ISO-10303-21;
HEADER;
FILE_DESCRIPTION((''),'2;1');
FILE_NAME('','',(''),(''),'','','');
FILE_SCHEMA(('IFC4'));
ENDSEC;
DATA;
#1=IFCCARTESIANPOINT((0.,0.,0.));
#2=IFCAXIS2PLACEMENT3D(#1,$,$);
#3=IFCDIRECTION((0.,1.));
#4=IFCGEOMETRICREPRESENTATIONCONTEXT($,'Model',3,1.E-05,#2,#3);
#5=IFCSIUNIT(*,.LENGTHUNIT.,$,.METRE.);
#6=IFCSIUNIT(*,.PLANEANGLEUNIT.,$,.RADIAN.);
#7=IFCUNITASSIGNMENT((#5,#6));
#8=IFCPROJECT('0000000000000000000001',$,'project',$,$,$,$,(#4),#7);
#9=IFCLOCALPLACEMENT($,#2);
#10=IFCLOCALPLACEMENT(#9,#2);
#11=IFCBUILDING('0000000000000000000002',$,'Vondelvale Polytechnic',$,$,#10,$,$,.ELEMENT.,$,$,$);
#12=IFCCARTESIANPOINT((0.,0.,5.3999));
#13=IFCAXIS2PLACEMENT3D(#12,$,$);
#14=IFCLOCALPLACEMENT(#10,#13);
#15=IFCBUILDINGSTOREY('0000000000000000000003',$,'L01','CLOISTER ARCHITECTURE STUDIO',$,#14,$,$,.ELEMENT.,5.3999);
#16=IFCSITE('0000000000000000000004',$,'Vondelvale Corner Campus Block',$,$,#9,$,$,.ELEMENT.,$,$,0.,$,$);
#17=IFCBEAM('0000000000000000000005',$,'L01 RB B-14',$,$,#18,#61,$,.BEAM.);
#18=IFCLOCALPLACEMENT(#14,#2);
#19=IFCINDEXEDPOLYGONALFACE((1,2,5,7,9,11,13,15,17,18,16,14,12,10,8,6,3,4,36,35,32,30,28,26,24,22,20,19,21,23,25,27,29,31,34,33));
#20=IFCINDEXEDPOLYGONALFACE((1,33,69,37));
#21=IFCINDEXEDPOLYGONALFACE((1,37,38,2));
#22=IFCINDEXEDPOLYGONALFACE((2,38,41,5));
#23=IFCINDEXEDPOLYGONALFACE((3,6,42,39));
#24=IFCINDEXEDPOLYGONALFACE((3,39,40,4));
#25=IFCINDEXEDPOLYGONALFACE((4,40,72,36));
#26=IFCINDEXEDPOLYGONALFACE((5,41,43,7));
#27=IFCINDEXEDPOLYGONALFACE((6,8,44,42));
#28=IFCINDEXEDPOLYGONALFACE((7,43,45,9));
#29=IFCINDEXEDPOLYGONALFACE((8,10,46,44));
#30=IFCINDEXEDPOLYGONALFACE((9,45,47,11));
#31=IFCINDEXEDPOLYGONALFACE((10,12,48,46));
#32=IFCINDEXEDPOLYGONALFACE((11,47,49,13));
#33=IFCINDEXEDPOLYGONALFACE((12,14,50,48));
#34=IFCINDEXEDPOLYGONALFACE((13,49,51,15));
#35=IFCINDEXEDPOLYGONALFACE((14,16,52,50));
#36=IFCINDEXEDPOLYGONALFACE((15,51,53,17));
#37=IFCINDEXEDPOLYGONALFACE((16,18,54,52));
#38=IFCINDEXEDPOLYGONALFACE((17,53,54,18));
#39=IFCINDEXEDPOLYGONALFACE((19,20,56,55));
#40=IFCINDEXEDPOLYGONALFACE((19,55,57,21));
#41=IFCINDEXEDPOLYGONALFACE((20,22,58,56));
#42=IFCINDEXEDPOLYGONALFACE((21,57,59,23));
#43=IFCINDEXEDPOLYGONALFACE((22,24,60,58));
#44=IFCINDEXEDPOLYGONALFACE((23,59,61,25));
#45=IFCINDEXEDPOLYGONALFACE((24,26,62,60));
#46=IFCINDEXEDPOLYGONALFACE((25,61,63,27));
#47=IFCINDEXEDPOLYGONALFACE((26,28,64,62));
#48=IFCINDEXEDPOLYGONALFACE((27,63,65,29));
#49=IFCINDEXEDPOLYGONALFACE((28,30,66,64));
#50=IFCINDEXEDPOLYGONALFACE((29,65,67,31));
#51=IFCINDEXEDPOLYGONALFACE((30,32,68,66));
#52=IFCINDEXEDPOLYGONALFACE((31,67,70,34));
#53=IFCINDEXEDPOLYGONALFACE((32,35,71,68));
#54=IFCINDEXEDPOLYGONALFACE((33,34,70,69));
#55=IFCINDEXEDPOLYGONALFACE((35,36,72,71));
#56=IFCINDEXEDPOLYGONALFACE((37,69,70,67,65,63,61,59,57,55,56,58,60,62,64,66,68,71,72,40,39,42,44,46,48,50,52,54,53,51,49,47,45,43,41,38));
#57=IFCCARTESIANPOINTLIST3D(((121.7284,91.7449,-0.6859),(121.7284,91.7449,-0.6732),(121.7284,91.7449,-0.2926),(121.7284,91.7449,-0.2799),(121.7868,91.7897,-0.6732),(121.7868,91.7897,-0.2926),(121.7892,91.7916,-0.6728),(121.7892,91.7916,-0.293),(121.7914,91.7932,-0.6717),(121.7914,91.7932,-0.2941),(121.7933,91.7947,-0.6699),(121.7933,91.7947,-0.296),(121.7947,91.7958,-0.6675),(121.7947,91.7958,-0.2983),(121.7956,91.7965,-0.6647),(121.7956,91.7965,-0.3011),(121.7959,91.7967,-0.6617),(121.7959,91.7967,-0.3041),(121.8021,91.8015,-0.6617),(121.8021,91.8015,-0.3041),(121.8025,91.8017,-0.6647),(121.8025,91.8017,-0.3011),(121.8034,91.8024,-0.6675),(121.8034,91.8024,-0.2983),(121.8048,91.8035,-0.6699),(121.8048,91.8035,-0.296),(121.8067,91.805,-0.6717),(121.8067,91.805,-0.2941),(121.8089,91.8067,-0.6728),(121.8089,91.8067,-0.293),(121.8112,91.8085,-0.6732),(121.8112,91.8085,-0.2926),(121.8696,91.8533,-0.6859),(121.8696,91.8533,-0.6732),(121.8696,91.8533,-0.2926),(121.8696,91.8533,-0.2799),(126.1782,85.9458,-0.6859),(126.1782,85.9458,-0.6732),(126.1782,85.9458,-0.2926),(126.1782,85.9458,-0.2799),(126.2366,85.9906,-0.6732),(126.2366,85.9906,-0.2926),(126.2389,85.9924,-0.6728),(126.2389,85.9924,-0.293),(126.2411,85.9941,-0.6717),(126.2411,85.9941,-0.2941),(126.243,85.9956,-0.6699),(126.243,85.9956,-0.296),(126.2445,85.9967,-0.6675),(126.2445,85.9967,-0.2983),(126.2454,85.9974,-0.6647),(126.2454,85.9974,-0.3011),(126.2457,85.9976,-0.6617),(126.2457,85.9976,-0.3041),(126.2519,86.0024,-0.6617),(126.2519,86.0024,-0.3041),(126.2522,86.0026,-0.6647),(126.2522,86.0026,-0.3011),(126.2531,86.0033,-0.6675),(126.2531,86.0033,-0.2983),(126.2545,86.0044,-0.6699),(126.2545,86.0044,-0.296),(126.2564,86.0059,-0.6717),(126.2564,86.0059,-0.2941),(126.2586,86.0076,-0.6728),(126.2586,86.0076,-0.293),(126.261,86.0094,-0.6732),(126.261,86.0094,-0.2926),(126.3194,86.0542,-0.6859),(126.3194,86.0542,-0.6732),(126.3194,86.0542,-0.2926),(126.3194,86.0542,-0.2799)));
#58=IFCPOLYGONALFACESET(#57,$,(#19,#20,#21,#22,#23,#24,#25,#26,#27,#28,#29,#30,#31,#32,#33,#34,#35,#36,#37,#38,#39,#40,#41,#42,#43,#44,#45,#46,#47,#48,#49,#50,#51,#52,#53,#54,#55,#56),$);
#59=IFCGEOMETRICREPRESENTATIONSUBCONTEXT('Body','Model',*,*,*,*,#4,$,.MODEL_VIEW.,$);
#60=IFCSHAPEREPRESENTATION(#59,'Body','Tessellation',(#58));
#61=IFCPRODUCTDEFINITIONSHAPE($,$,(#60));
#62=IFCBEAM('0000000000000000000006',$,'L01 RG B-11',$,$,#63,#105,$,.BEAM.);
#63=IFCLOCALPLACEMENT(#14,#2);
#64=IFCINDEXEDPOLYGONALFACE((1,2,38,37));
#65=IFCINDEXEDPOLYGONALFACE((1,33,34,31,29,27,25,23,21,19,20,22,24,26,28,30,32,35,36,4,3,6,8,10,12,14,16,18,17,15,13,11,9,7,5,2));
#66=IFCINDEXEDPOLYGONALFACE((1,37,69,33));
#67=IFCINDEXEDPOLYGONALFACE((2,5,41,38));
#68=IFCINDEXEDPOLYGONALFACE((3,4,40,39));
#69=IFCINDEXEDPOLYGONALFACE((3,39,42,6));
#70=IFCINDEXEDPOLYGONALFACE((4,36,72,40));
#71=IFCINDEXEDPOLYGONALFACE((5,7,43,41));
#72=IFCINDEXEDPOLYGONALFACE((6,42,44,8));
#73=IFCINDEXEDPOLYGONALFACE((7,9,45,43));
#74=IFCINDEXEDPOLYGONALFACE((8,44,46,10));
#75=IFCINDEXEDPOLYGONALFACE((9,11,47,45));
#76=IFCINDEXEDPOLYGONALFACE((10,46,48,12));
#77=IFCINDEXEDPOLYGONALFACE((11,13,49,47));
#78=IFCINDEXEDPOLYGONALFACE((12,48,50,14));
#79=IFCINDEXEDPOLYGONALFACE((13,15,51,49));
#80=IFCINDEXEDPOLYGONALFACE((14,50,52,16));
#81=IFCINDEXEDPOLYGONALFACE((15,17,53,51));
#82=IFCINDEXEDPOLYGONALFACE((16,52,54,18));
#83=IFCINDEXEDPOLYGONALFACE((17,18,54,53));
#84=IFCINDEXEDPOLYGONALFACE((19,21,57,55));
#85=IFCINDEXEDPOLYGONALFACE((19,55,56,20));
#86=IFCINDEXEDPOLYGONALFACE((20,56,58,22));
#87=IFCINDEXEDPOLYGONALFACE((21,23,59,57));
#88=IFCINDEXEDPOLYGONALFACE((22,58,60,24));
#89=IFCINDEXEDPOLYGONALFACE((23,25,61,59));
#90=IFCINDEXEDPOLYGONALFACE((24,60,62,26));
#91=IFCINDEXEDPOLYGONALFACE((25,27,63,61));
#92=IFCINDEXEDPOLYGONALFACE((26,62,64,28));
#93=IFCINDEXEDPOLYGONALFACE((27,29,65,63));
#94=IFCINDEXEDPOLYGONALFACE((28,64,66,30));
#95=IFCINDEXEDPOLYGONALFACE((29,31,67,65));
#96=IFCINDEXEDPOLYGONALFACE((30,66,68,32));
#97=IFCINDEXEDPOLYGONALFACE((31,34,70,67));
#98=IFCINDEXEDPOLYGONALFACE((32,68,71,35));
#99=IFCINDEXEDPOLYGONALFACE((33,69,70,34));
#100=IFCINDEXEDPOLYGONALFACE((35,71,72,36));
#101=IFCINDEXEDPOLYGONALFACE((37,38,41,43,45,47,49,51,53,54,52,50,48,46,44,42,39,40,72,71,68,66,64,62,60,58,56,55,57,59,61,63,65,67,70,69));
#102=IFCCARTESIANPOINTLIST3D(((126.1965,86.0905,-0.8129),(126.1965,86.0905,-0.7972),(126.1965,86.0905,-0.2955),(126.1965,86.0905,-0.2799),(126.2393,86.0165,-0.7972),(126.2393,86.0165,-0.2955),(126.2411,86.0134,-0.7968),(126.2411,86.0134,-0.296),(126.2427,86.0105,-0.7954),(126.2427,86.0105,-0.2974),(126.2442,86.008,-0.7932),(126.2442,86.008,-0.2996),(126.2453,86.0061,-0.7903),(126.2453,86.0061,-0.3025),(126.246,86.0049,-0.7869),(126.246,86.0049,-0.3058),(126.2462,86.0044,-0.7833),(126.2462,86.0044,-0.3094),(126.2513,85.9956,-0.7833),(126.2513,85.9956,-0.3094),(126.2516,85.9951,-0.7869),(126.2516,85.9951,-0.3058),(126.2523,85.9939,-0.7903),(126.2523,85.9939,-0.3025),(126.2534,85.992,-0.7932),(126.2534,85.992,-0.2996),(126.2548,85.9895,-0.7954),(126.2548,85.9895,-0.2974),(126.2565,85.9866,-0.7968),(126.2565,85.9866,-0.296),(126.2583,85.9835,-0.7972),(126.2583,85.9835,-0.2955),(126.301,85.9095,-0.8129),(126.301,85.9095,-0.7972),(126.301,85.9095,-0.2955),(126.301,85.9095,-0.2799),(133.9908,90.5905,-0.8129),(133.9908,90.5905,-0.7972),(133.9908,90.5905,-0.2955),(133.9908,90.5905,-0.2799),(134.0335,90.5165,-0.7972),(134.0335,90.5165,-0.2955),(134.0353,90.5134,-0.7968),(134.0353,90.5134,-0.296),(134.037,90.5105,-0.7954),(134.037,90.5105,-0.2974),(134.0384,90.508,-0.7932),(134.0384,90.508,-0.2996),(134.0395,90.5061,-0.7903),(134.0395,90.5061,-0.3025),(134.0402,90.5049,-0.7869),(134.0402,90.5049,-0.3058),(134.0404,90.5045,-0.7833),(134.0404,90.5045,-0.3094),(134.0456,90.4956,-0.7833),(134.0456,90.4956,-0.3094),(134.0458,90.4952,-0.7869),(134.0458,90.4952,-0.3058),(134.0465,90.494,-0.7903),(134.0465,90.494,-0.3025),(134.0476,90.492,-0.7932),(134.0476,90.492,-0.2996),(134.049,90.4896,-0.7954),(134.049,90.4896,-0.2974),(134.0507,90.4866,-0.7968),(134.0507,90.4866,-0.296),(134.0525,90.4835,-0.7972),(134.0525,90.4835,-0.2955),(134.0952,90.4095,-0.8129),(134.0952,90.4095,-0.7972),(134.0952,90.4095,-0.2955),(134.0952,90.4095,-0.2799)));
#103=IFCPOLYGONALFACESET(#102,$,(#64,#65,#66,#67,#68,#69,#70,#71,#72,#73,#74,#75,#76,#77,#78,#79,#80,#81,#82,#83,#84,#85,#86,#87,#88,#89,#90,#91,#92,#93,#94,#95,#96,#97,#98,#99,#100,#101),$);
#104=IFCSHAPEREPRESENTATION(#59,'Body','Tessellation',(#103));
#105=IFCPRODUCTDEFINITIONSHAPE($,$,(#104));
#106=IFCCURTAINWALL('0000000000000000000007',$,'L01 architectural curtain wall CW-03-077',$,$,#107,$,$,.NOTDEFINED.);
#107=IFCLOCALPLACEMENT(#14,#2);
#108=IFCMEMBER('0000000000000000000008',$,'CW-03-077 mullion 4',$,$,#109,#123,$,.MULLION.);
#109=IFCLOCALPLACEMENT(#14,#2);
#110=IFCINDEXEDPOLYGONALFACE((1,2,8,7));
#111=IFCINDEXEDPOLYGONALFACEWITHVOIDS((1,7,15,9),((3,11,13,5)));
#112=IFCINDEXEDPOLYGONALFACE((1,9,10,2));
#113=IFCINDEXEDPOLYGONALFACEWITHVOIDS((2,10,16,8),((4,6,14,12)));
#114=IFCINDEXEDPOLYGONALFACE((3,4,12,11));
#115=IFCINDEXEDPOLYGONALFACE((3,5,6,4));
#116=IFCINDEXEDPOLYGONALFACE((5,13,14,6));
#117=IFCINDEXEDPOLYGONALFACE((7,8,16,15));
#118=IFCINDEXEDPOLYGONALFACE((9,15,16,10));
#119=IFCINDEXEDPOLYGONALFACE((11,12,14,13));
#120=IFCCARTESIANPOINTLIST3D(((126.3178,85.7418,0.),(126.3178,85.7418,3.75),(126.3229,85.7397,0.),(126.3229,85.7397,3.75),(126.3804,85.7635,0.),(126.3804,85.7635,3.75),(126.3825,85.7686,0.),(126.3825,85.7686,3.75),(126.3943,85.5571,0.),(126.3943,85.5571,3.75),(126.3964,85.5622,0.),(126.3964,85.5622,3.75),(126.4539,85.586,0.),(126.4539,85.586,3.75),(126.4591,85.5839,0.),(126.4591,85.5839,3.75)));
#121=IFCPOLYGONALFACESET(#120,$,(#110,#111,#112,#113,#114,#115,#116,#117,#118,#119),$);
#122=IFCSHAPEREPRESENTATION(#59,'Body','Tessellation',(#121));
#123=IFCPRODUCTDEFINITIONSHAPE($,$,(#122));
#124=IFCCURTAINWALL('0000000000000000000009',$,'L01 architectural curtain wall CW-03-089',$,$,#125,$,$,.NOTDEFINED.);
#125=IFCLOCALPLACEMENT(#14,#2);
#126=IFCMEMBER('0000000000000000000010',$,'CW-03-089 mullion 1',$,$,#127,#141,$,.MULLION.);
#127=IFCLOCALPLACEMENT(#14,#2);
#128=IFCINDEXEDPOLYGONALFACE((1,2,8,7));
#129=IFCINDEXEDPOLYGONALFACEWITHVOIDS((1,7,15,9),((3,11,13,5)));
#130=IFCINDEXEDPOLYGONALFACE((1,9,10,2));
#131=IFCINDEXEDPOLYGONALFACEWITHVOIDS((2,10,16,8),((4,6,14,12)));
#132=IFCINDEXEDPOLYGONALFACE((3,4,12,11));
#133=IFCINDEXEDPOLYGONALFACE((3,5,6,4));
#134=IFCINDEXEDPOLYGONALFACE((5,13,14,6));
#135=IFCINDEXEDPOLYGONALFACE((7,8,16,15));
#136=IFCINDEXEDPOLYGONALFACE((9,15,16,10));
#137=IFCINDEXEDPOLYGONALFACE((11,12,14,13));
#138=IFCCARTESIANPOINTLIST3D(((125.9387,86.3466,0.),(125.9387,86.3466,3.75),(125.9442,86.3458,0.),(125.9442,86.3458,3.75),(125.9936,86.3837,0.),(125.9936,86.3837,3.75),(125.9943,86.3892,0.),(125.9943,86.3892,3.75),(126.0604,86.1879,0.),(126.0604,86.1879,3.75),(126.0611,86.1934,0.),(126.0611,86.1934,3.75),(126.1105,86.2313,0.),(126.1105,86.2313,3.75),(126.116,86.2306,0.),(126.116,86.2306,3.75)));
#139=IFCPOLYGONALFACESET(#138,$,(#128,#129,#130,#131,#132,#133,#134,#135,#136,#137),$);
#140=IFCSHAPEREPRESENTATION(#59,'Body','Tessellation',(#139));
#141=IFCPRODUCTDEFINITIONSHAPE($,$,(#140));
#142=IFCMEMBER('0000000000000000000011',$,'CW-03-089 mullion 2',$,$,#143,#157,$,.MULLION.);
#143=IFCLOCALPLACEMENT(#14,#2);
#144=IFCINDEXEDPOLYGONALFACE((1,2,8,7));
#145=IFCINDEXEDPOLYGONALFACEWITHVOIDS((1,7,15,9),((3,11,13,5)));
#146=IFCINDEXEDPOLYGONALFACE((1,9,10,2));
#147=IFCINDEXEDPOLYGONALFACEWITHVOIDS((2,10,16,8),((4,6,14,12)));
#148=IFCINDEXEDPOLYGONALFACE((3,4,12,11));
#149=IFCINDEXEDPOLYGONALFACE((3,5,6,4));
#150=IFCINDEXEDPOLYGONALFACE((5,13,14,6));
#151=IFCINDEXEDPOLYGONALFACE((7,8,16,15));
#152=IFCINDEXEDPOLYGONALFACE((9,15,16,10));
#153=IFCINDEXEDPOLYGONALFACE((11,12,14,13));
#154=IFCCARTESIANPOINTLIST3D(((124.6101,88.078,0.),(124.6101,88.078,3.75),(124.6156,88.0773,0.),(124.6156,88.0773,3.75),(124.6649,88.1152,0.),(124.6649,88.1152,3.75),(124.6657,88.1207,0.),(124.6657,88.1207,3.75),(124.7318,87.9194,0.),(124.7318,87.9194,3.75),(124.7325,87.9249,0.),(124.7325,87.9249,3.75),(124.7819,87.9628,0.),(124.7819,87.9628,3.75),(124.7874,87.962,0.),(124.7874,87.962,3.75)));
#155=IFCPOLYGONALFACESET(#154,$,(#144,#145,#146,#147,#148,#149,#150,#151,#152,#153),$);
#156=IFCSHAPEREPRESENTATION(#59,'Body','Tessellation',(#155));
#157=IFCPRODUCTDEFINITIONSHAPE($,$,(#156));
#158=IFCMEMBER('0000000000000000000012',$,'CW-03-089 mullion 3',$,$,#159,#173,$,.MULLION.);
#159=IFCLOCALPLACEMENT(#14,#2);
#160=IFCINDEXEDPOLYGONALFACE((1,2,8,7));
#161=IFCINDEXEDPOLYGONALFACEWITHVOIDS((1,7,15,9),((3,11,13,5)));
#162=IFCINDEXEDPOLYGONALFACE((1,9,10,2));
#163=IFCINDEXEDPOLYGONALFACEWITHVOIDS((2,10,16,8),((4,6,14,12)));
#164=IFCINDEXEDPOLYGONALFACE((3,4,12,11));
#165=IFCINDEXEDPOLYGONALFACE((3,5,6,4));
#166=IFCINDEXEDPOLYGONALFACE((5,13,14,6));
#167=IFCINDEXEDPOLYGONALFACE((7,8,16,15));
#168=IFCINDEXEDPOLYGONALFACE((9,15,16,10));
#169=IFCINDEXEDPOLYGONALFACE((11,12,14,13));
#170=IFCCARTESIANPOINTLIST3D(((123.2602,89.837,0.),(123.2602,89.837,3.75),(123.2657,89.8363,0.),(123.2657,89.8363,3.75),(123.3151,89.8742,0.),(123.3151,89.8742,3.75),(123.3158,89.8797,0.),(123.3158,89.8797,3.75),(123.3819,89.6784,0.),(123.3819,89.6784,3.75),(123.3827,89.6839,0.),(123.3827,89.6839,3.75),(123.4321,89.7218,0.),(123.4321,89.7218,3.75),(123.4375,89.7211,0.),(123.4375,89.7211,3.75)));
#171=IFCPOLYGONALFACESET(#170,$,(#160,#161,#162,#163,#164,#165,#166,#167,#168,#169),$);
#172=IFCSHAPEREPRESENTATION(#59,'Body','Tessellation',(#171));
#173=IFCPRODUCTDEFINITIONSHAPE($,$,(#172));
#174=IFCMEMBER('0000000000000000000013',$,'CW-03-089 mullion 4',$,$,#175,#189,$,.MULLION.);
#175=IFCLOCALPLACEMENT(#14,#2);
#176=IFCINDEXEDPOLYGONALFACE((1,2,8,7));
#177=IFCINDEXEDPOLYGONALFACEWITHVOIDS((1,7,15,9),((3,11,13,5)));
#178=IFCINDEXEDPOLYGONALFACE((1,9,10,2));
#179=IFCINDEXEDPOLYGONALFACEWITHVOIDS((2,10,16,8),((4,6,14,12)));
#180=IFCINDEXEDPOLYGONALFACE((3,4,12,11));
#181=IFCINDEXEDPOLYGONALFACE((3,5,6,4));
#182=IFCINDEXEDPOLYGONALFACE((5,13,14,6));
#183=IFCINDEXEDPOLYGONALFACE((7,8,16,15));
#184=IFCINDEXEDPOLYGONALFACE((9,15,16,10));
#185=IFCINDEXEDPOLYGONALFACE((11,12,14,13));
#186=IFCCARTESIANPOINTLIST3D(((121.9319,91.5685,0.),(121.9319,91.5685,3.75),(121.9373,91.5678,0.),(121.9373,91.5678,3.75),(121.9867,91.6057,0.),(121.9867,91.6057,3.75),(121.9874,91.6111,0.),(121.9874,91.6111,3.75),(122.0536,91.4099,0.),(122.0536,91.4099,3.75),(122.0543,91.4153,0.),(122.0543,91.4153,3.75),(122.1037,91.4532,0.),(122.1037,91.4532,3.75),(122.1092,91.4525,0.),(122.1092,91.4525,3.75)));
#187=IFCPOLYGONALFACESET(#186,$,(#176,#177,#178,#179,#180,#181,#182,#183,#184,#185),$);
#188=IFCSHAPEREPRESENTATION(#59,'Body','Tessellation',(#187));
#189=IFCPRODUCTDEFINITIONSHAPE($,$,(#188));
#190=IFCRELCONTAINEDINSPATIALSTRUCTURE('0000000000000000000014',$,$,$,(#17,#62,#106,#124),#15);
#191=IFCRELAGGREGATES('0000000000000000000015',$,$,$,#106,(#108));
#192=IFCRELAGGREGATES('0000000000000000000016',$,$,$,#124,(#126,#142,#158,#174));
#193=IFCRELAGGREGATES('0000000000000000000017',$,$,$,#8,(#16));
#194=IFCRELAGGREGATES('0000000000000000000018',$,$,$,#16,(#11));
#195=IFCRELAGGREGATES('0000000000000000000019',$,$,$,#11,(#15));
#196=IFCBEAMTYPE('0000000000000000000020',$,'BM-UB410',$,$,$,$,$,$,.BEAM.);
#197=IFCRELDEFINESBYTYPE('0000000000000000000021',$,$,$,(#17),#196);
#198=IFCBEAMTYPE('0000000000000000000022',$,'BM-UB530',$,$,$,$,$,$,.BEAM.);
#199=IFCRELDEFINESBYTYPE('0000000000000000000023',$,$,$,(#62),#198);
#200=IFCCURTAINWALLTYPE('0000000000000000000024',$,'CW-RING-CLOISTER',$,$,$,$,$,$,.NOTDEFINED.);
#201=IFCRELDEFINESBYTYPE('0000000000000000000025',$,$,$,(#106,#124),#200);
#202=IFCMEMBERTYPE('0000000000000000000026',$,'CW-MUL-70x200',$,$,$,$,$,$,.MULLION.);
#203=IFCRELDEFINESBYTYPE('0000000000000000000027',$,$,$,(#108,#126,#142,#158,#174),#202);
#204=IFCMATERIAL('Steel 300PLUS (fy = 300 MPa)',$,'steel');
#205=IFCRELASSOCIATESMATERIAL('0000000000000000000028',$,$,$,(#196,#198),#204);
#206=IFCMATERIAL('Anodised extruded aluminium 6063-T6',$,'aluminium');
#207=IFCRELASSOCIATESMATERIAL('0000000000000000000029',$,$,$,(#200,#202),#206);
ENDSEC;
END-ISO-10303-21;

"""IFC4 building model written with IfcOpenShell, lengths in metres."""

from ifc_helpers import new_model, si_unit, direction, frame, origin, origin_2d, place, context, subcontext, project, spatial, hollow_rectangle, i_section, extrude, material, material_profile, profile_set, type_object, element, aggregate, save


model = new_model("IFC4")

# Units and contexts
model_context = context("Model", 3, precision=1e-05, world=origin(), true_north=direction((0.0, 1.0)))
body_context = subcontext(model_context, "Body", "Model", "MODEL_VIEW")
ifc_project = project(units=[si_unit("LENGTHUNIT", "METRE"), si_unit("PLANEANGLEUNIT", "RADIAN")], contexts=[model_context])

# Site, building, storey
site_placement = place(None, origin())
site = spatial("IfcSite", under=ifc_project, at=site_placement, Name="Vondelvale Corner Campus Block", CompositionType="ELEMENT", RefElevation=0.0)
building_placement = place(site_placement, origin())
building = spatial("IfcBuilding", under=site, at=building_placement, Name="Vondelvale Polytechnic", CompositionType="ELEMENT")
storey_placement = place(building_placement, frame((0.0, 0.0, 5.3999)))
storey = spatial("IfcBuildingStorey", under=building, at=storey_placement, Name="L01", Description="CLOISTER ARCHITECTURE STUDIO", CompositionType="ELEMENT", Elevation=5.3999)

# Beams
ifc_material_1 = material(Name="Steel 300PLUS (fy = 300 MPa)", Category="steel")
ifc_material_profile_1 = material_profile(ifc_material_1, i_section(OverallWidth=0.178, OverallDepth=0.406, WebThickness=0.0078, FlangeThickness=0.0127, FilletRadius=0.0115, at=origin_2d()), Name="410UB59.7")
ifc_profile_set_1 = profile_set([ifc_material_profile_1], Name="Steel 300PLUS (fy = 300 MPa)")
beam_type_1 = type_object("IfcBeamType", Name="BM-UB410", PredefinedType="BEAM", material=ifc_profile_set_1)
beam_1_placement = place(storey_placement, frame((126.2488, 86.0, -0.4829), z_axis=(-0.608755, 0.793358, 0.0), x_axis=(-0.793358, -0.608755, 0.0)))
element("IfcBeam", 1, at=beam_1_placement, inside=storey, type_object=beam_type_1, Name="L01 RB B-14", PredefinedType="BEAM", context=body_context, shape_type="SweptSolid", body=[
    extrude(i_section(OverallWidth=0.178, OverallDepth=0.406, WebThickness=0.0078, FlangeThickness=0.0127, FilletRadius=0.0115, at=origin_2d()), origin(), (0.0, 0.0, 1.0), 7.3096),
])
ifc_material_profile_2 = material_profile(ifc_material_1, i_section(OverallWidth=0.209, OverallDepth=0.533, WebThickness=0.0103, FlangeThickness=0.0156, FilletRadius=0.0139, at=origin_2d()), Name="530UB92.4")
ifc_profile_set_2 = profile_set([ifc_material_profile_2], Name="Steel 300PLUS (fy = 300 MPa)")
beam_type_2 = type_object("IfcBeamType", Name="BM-UB530", PredefinedType="BEAM", material=ifc_profile_set_2)
beam_2_placement = place(storey_placement, frame((126.2488, 86.0, -0.5464), z_axis=(0.866024, 0.500002, 0.0), x_axis=(-0.500002, 0.866024, 0.0)))
element("IfcBeam", 2, at=beam_2_placement, inside=storey, type_object=beam_type_2, Name="L01 RG B-11", PredefinedType="BEAM", context=body_context, shape_type="SweptSolid", body=[
    extrude(i_section(OverallWidth=0.209, OverallDepth=0.533, WebThickness=0.0103, FlangeThickness=0.0156, FilletRadius=0.0139, at=origin_2d()), origin(), (0.0, 0.0, 1.0), 9.0),
])

# Curtain wall, member
ifc_material_2 = material(Name="Anodised extruded aluminium 6063-T6", Category="aluminium")
curtain_wall_type = type_object("IfcCurtainWallType", Name="CW-RING-CLOISTER", PredefinedType="NOTDEFINED", material=ifc_material_2)
curtain_wall_1_placement = place(storey_placement, origin())
curtain_wall_1 = element("IfcCurtainWall", 3, at=curtain_wall_1_placement, inside=storey, type_object=curtain_wall_type, Name="L01 architectural curtain wall CW-03-077", PredefinedType="NOTDEFINED")
ifc_material_profile_3 = material_profile(ifc_material_2, hollow_rectangle(XDim=0.0701, YDim=0.2, WallThickness=0.0039, at=origin_2d()), Name="CW-MUL-200x70")
ifc_profile_set_3 = profile_set([ifc_material_profile_3], Name="Anodised extruded aluminium 6063-T6")
member_type_1 = type_object("IfcMemberType", Name="CW-MUL-70x200", PredefinedType="MULLION", material=ifc_profile_set_3)
member_1_placement = place(storey_placement, frame((126.3884, 85.6628, 0.0), z_axis=(0.0, 0.0, 1.0), x_axis=(-0.923882, -0.382679, 0.0)))
member_1 = element("IfcMember", 4, at=member_1_placement, type_object=member_type_1, Name="CW-03-077 mullion 4", PredefinedType="MULLION", context=body_context, shape_type="SweptSolid", body=[
    extrude(hollow_rectangle(XDim=0.0701, YDim=0.2, WallThickness=0.0039, at=origin_2d()), origin(), (0.0, 0.0, 1.0), 3.75),
])

# Curtain wall, members
curtain_wall_2_placement = place(storey_placement, origin())
curtain_wall_2 = element("IfcCurtainWall", 5, at=curtain_wall_2_placement, inside=storey, type_object=curtain_wall_type, Name="L01 architectural curtain wall CW-03-089", PredefinedType="NOTDEFINED")
member_2_placement = place(storey_placement, frame((126.0273, 86.2886, 0.0), z_axis=(0.0, 0.0, 1.0), x_axis=(-0.793364, -0.608748, 0.0)))
member_2 = element("IfcMember", 6, at=member_2_placement, type_object=member_type_1, Name="CW-03-089 mullion 1", PredefinedType="MULLION", context=body_context, shape_type="SweptSolid", body=[
    extrude(hollow_rectangle(XDim=0.0701, YDim=0.2, WallThickness=0.0039, at=origin_2d()), origin(), (0.0, 0.0, 1.0), 3.75),
])
member_3_placement = place(storey_placement, frame((124.6987, 88.02, 0.0), z_axis=(0.0, 0.0, 1.0), x_axis=(-0.793364, -0.608748, 0.0)))
member_3 = element("IfcMember", 7, at=member_3_placement, type_object=member_type_1, Name="CW-03-089 mullion 2", PredefinedType="MULLION", context=body_context, shape_type="SweptSolid", body=[
    extrude(hollow_rectangle(XDim=0.0701, YDim=0.2, WallThickness=0.0039, at=origin_2d()), origin(), (0.0, 0.0, 1.0), 3.75),
])
member_4_placement = place(storey_placement, frame((123.3489, 89.7791, 0.0), z_axis=(0.0, 0.0, 1.0), x_axis=(-0.793364, -0.608748, 0.0)))
member_4 = element("IfcMember", 8, at=member_4_placement, type_object=member_type_1, Name="CW-03-089 mullion 3", PredefinedType="MULLION", context=body_context, shape_type="SweptSolid", body=[
    extrude(hollow_rectangle(XDim=0.0701, YDim=0.2, WallThickness=0.0039, at=origin_2d()), origin(), (0.0, 0.0, 1.0), 3.75),
])
member_5_placement = place(storey_placement, frame((122.0205, 91.5105, 0.0), z_axis=(0.0, 0.0, 1.0), x_axis=(-0.793364, -0.608748, 0.0)))
member_5 = element("IfcMember", 9, at=member_5_placement, type_object=member_type_1, Name="CW-03-089 mullion 4", PredefinedType="MULLION", context=body_context, shape_type="SweptSolid", body=[
    extrude(hollow_rectangle(XDim=0.0701, YDim=0.2, WallThickness=0.0039, at=origin_2d()), origin(), (0.0, 0.0, 1.0), 3.75),
])

aggregate(curtain_wall_1, [member_1])
aggregate(curtain_wall_2, [member_2, member_3, member_4, member_5])

save(model, "model.ifc")
